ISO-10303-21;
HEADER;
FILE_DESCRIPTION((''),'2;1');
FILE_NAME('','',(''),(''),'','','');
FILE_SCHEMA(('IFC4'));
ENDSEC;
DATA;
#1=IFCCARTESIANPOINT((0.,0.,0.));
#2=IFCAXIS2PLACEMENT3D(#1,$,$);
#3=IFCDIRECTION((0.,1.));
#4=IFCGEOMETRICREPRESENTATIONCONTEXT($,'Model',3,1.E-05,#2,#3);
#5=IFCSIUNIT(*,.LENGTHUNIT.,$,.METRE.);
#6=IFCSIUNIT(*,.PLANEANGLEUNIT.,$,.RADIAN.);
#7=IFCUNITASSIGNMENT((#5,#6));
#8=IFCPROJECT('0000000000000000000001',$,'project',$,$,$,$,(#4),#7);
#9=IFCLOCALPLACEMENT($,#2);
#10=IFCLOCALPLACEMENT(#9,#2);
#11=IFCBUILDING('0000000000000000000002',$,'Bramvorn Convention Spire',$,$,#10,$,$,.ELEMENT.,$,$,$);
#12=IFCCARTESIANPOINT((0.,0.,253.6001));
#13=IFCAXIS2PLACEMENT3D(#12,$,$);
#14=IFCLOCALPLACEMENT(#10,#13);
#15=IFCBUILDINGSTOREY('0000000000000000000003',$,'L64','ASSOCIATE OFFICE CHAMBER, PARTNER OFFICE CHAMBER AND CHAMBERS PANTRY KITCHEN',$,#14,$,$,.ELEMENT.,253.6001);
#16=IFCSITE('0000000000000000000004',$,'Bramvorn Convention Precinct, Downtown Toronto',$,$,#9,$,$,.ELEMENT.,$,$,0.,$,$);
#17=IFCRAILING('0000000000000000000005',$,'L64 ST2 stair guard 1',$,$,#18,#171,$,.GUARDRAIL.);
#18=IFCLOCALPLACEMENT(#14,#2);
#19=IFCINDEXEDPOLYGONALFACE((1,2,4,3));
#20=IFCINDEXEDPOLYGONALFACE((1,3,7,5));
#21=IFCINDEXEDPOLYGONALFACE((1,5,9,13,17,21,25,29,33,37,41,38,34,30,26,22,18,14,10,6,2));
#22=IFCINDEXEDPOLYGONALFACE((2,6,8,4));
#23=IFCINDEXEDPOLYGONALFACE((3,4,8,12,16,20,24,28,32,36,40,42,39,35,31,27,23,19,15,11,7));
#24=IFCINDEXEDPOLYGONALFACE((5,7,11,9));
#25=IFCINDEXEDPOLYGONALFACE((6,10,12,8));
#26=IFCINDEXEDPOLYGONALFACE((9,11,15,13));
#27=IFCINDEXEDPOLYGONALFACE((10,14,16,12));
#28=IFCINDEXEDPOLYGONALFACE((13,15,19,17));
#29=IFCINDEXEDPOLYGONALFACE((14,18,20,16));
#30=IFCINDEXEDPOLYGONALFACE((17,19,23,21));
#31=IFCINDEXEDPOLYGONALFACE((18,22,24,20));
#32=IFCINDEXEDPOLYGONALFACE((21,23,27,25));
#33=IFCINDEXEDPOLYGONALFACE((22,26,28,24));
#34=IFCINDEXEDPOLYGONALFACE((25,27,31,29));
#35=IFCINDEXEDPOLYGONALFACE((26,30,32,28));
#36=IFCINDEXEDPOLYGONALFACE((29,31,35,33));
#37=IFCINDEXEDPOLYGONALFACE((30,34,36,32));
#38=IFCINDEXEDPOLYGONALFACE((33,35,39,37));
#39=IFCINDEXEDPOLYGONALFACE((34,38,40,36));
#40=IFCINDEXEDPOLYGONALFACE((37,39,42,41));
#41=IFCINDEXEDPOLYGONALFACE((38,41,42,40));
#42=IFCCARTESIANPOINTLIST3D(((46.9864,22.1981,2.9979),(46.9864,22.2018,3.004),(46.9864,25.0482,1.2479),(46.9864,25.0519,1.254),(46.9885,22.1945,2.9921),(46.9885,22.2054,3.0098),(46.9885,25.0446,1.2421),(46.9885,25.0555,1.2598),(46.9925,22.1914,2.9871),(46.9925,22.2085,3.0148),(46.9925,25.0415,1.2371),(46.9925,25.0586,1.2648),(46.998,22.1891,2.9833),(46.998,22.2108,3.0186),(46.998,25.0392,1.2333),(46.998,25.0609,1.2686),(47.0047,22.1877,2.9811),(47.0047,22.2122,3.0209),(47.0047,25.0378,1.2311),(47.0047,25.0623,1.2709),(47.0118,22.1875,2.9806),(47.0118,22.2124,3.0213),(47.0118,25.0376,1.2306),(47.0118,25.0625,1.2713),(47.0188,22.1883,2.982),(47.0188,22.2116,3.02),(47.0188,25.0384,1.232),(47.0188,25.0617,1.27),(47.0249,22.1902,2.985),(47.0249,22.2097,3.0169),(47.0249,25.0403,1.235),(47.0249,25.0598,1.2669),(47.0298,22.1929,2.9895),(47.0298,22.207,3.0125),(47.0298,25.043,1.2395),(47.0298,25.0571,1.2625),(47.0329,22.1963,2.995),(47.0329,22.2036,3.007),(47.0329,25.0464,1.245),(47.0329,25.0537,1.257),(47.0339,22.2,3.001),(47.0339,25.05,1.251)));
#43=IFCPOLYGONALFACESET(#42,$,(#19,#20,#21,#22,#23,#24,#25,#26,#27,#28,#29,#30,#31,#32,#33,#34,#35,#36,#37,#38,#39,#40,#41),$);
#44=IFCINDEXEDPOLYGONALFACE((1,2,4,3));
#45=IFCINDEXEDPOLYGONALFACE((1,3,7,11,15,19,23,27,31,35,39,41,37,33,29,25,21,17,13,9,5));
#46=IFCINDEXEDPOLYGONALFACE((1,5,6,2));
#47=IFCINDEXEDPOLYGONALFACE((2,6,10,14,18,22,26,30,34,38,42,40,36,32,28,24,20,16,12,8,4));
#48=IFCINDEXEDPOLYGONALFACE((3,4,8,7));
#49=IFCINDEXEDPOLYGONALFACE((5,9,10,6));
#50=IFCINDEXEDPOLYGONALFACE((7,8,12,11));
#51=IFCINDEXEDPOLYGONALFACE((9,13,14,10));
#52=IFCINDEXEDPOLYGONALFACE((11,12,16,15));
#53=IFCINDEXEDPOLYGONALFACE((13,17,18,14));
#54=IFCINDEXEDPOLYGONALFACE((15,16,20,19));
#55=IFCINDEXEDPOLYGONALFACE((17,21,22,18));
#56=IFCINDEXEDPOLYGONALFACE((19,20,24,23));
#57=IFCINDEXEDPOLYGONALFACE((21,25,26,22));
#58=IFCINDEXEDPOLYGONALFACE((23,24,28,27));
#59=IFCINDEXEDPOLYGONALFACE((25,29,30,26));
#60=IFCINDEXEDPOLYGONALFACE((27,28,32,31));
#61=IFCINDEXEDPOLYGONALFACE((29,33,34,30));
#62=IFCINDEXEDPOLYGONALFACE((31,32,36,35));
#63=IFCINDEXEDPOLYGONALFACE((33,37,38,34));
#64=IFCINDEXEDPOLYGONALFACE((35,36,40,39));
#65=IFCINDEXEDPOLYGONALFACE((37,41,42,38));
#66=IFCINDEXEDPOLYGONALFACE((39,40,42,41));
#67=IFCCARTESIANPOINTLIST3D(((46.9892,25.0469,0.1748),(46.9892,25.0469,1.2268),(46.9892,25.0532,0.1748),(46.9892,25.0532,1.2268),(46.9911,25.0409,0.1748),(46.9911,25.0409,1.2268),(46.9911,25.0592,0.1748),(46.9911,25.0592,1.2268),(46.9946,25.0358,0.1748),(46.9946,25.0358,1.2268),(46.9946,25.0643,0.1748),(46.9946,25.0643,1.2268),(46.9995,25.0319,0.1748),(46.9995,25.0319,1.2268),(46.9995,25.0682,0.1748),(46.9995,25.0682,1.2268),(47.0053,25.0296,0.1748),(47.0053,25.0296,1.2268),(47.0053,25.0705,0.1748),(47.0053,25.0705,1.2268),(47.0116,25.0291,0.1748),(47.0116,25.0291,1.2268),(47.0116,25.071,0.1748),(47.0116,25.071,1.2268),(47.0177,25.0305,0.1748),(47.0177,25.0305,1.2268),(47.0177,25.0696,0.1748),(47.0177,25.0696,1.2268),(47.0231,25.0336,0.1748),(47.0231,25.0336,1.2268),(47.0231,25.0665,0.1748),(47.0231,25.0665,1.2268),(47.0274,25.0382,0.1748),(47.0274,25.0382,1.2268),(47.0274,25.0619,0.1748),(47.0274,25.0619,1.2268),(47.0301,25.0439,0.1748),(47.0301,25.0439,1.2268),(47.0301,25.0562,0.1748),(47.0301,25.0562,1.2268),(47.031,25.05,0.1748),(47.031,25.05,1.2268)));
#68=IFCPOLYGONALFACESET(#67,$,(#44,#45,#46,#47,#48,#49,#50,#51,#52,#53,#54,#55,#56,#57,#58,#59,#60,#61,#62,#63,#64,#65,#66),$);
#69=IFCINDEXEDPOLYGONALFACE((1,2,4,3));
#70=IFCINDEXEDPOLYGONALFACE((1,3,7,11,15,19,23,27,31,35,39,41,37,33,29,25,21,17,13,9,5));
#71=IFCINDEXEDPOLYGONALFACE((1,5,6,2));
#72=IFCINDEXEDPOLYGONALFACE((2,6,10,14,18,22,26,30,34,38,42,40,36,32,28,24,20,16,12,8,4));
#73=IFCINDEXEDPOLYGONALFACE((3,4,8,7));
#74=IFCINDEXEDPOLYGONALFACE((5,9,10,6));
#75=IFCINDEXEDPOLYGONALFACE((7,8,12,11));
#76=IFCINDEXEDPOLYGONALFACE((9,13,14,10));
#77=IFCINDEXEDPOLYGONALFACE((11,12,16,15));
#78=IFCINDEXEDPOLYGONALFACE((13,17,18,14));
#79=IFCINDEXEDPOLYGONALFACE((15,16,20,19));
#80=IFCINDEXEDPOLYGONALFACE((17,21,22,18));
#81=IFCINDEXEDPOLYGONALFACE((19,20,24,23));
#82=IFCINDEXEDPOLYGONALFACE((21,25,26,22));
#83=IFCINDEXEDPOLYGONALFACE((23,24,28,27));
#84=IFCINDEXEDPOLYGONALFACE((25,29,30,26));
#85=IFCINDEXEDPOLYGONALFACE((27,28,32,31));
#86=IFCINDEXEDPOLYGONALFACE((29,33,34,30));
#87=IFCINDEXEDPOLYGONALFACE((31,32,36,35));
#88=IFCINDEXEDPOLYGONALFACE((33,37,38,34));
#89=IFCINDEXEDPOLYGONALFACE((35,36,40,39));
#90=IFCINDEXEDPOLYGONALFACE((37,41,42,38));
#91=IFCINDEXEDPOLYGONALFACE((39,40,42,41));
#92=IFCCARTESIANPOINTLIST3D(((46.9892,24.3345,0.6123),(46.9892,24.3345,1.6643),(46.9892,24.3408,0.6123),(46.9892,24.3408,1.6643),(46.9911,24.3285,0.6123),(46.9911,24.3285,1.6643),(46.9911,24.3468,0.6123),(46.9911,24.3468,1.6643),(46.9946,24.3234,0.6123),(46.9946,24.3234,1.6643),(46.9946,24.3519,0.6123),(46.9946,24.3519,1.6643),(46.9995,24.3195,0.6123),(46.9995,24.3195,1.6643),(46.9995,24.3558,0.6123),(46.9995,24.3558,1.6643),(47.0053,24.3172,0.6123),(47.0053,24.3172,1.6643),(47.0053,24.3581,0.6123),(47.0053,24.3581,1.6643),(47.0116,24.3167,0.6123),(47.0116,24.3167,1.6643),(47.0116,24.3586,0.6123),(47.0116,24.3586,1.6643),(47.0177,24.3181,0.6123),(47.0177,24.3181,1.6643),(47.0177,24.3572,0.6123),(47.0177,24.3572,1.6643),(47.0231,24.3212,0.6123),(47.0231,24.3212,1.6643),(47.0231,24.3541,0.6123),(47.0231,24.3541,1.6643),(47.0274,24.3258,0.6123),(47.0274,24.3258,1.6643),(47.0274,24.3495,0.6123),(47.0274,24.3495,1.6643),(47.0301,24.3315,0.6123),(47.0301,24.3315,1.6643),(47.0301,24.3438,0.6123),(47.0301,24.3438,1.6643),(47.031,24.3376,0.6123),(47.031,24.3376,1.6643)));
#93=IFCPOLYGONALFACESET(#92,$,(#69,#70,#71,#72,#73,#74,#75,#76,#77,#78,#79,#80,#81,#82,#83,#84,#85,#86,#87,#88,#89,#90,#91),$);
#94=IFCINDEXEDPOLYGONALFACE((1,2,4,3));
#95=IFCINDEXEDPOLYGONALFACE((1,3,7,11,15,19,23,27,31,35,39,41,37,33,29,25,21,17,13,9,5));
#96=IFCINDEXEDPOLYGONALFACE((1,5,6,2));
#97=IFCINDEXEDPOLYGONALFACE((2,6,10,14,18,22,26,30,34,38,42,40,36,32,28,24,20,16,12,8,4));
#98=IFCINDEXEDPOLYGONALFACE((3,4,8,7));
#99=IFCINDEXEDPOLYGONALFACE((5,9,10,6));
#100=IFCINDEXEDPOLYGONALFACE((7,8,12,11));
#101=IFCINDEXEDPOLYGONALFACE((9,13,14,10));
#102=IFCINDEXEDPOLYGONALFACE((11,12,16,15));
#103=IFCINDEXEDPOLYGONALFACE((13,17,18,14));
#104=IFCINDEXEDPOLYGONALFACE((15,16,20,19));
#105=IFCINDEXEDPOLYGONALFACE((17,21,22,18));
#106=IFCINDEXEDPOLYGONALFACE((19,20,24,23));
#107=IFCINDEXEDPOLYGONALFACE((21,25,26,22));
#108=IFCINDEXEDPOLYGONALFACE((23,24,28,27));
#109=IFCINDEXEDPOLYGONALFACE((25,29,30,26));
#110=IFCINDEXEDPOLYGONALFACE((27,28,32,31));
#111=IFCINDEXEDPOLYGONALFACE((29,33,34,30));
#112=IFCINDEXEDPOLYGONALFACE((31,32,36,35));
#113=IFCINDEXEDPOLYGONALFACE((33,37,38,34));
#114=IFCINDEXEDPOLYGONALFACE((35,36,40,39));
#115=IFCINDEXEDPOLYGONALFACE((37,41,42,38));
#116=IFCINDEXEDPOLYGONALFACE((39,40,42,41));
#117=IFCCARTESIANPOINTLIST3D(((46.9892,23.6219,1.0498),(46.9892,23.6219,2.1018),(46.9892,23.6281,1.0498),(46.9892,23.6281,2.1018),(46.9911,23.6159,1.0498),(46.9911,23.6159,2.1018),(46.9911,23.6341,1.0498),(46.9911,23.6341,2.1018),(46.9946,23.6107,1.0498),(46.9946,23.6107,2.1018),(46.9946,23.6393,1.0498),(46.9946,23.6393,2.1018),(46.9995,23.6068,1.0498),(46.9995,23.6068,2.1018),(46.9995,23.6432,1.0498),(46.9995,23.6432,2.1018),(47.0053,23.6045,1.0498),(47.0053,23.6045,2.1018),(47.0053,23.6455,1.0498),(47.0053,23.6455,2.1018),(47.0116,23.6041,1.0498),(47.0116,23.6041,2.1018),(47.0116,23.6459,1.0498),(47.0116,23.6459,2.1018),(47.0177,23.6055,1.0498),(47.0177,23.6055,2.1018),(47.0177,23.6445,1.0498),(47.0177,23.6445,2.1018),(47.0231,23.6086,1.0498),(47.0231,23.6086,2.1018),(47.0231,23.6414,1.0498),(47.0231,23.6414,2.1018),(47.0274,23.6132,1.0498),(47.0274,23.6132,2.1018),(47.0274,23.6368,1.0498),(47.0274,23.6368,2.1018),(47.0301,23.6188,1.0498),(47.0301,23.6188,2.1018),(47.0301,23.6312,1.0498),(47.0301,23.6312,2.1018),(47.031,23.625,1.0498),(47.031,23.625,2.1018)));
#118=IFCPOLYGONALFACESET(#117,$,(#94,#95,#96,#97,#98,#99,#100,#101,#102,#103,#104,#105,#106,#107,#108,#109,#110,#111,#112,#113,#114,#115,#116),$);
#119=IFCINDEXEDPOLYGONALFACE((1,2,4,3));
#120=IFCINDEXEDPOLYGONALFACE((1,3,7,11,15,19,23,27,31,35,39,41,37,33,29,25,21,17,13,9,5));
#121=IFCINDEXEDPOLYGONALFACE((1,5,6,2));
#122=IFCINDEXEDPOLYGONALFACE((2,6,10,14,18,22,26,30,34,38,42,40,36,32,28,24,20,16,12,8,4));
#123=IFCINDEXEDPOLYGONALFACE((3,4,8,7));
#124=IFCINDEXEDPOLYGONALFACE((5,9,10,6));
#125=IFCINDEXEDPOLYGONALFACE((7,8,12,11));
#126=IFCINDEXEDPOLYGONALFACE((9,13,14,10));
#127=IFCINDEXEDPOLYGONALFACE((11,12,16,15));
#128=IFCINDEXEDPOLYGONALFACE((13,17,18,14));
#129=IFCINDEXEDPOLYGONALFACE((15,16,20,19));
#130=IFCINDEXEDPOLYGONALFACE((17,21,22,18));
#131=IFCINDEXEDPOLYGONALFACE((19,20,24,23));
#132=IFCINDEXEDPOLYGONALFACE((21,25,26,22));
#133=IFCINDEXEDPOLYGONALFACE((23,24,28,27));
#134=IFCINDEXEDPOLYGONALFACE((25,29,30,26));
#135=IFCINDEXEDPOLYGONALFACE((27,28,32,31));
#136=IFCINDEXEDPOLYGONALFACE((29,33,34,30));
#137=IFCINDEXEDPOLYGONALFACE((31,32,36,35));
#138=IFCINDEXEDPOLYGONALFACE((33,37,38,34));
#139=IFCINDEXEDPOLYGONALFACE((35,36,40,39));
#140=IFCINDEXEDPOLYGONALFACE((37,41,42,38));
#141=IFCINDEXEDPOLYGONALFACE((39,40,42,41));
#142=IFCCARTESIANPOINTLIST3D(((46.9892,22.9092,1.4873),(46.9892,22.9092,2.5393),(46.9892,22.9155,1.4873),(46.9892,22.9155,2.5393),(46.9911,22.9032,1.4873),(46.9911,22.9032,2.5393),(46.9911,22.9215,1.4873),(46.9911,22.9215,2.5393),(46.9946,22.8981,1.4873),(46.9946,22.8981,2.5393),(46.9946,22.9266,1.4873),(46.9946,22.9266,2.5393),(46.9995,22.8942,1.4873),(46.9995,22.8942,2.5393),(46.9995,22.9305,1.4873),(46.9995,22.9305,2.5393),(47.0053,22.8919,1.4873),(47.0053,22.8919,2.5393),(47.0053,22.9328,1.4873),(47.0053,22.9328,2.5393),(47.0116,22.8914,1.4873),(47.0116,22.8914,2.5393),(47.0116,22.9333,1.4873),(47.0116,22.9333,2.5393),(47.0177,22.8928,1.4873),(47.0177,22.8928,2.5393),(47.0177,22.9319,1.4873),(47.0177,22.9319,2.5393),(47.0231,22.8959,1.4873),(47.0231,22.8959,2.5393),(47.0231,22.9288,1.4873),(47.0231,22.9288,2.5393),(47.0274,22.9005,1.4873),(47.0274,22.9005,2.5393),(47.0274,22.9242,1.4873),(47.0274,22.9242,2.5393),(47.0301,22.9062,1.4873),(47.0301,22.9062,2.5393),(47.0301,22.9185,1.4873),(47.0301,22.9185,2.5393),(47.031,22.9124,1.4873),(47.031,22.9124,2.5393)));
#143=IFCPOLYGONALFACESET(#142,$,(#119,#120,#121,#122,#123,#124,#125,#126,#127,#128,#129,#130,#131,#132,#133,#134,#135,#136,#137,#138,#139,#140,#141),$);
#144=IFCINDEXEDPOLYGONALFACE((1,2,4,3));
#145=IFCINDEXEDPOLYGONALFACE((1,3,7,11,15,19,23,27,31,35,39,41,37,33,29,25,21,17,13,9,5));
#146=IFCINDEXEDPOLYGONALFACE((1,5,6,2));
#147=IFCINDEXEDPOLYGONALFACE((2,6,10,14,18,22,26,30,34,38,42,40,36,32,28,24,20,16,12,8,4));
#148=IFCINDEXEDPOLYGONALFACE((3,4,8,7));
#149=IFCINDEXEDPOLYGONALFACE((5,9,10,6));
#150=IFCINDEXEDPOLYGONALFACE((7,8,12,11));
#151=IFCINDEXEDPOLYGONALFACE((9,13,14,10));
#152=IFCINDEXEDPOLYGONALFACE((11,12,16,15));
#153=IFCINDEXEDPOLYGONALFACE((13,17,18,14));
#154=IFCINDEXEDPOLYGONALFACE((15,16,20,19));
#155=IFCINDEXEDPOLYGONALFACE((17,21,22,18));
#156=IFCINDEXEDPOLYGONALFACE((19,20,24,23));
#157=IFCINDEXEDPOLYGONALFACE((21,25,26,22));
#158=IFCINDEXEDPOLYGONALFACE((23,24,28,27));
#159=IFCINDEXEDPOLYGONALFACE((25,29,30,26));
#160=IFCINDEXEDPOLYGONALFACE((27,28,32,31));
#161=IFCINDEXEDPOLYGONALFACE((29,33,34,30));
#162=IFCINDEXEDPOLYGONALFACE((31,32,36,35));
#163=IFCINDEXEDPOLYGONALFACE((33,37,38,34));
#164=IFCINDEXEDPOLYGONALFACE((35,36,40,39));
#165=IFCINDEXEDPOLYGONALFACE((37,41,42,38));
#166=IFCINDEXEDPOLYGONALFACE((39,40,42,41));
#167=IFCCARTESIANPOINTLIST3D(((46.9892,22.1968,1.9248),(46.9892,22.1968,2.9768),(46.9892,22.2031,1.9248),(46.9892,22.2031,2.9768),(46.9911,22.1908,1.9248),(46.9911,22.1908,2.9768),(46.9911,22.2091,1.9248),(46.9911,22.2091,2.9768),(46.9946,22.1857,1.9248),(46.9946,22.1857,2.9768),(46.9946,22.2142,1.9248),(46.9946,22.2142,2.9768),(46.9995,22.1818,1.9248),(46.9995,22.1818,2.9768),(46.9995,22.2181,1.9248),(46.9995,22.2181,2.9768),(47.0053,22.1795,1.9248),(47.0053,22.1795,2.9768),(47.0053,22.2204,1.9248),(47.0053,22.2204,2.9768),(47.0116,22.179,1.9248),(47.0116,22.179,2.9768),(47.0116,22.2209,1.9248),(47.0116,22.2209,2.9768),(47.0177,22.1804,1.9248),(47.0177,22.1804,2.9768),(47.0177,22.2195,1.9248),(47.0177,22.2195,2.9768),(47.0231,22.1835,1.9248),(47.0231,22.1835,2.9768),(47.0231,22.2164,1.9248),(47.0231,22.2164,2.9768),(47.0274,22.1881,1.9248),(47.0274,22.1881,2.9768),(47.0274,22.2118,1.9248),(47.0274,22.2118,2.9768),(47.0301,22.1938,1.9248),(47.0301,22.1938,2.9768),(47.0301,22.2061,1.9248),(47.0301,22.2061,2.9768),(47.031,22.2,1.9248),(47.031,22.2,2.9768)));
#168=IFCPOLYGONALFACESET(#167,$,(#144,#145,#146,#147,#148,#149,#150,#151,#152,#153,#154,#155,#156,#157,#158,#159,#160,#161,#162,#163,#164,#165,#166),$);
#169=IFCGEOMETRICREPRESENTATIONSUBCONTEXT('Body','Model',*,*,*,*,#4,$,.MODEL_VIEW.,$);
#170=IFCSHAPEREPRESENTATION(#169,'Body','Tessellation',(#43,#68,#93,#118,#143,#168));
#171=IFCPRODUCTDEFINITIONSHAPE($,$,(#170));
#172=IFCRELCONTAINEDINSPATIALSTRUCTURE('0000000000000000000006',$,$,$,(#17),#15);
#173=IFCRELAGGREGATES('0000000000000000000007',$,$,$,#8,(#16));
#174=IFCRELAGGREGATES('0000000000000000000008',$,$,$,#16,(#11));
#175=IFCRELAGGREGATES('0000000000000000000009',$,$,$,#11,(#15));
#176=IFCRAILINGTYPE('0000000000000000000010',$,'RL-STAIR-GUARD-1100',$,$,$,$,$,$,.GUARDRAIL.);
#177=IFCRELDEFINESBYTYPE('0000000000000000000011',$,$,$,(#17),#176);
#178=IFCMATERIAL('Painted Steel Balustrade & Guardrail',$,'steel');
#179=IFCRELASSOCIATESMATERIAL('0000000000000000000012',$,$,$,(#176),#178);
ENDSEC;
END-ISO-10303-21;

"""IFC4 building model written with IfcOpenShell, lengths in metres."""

from ifc_helpers import new_model, si_unit, direction, frame, origin, origin_2d, place, context, subcontext, project, spatial, circle, extrude, material, type_object, element, save


model = new_model("IFC4")

# Units and contexts
model_context = context("Model", 3, precision=1e-05, world=origin(), true_north=direction((0.0, 1.0)))
body_context = subcontext(model_context, "Body", "Model", "MODEL_VIEW")
ifc_project = project(units=[si_unit("LENGTHUNIT", "METRE"), si_unit("PLANEANGLEUNIT", "RADIAN")], contexts=[model_context])

# Site, building, storey
site_placement = place(None, origin())
site = spatial("IfcSite", under=ifc_project, at=site_placement, Name="Bramvorn Convention Precinct, Downtown Toronto", CompositionType="ELEMENT", RefElevation=0.0)
building_placement = place(site_placement, origin())
building = spatial("IfcBuilding", under=site, at=building_placement, Name="Bramvorn Convention Spire", CompositionType="ELEMENT")
storey_placement = place(building_placement, frame((0.0, 0.0, 253.6001)))
storey = spatial("IfcBuildingStorey", under=building, at=storey_placement, Name="L64", Description="ASSOCIATE OFFICE CHAMBER, PARTNER OFFICE CHAMBER AND CHAMBERS PANTRY KITCHEN", CompositionType="ELEMENT", Elevation=253.6001)

# Railing
ifc_material_1 = material(Name="Painted Steel Balustrade & Guardrail", Category="steel")
railing_type_1 = type_object("IfcRailingType", Name="RL-STAIR-GUARD-1100", PredefinedType="GUARDRAIL", material=ifc_material_1)
railing_1_placement = place(storey_placement, frame((47.01, 25.05, 0.1748)))
element("IfcRailing", 1, at=railing_1_placement, inside=storey, type_object=railing_type_1, Name="L64 ST2 stair guard 1", PredefinedType="GUARDRAIL", context=body_context, shape_type="SweptSolid", body=[
    extrude(circle(Radius=0.0239, at=origin_2d()), frame((0.0, 0.0, 1.0762), z_axis=(0.0, -0.852179, 0.52325), x_axis=(1.0, 0.0, 0.0)), (0.0, 0.0, 1.0), 3.3445),
    extrude(circle(Radius=0.021, at=origin_2d()), origin(), (0.0, 0.0, 1.0), 1.052),
    extrude(circle(Radius=0.021, at=origin_2d()), frame((0.0, -0.7124, 0.4375)), (0.0, 0.0, 1.0), 1.052),
    extrude(circle(Radius=0.021, at=origin_2d()), frame((0.0, -1.425, 0.875)), (0.0, 0.0, 1.0), 1.052),
    extrude(circle(Radius=0.021, at=origin_2d()), frame((0.0, -2.1377, 1.3125)), (0.0, 0.0, 1.0), 1.052),
    extrude(circle(Radius=0.021, at=origin_2d()), frame((0.0, -2.8501, 1.75)), (0.0, 0.0, 1.0), 1.052),
])

save(model, "model.ifc")
